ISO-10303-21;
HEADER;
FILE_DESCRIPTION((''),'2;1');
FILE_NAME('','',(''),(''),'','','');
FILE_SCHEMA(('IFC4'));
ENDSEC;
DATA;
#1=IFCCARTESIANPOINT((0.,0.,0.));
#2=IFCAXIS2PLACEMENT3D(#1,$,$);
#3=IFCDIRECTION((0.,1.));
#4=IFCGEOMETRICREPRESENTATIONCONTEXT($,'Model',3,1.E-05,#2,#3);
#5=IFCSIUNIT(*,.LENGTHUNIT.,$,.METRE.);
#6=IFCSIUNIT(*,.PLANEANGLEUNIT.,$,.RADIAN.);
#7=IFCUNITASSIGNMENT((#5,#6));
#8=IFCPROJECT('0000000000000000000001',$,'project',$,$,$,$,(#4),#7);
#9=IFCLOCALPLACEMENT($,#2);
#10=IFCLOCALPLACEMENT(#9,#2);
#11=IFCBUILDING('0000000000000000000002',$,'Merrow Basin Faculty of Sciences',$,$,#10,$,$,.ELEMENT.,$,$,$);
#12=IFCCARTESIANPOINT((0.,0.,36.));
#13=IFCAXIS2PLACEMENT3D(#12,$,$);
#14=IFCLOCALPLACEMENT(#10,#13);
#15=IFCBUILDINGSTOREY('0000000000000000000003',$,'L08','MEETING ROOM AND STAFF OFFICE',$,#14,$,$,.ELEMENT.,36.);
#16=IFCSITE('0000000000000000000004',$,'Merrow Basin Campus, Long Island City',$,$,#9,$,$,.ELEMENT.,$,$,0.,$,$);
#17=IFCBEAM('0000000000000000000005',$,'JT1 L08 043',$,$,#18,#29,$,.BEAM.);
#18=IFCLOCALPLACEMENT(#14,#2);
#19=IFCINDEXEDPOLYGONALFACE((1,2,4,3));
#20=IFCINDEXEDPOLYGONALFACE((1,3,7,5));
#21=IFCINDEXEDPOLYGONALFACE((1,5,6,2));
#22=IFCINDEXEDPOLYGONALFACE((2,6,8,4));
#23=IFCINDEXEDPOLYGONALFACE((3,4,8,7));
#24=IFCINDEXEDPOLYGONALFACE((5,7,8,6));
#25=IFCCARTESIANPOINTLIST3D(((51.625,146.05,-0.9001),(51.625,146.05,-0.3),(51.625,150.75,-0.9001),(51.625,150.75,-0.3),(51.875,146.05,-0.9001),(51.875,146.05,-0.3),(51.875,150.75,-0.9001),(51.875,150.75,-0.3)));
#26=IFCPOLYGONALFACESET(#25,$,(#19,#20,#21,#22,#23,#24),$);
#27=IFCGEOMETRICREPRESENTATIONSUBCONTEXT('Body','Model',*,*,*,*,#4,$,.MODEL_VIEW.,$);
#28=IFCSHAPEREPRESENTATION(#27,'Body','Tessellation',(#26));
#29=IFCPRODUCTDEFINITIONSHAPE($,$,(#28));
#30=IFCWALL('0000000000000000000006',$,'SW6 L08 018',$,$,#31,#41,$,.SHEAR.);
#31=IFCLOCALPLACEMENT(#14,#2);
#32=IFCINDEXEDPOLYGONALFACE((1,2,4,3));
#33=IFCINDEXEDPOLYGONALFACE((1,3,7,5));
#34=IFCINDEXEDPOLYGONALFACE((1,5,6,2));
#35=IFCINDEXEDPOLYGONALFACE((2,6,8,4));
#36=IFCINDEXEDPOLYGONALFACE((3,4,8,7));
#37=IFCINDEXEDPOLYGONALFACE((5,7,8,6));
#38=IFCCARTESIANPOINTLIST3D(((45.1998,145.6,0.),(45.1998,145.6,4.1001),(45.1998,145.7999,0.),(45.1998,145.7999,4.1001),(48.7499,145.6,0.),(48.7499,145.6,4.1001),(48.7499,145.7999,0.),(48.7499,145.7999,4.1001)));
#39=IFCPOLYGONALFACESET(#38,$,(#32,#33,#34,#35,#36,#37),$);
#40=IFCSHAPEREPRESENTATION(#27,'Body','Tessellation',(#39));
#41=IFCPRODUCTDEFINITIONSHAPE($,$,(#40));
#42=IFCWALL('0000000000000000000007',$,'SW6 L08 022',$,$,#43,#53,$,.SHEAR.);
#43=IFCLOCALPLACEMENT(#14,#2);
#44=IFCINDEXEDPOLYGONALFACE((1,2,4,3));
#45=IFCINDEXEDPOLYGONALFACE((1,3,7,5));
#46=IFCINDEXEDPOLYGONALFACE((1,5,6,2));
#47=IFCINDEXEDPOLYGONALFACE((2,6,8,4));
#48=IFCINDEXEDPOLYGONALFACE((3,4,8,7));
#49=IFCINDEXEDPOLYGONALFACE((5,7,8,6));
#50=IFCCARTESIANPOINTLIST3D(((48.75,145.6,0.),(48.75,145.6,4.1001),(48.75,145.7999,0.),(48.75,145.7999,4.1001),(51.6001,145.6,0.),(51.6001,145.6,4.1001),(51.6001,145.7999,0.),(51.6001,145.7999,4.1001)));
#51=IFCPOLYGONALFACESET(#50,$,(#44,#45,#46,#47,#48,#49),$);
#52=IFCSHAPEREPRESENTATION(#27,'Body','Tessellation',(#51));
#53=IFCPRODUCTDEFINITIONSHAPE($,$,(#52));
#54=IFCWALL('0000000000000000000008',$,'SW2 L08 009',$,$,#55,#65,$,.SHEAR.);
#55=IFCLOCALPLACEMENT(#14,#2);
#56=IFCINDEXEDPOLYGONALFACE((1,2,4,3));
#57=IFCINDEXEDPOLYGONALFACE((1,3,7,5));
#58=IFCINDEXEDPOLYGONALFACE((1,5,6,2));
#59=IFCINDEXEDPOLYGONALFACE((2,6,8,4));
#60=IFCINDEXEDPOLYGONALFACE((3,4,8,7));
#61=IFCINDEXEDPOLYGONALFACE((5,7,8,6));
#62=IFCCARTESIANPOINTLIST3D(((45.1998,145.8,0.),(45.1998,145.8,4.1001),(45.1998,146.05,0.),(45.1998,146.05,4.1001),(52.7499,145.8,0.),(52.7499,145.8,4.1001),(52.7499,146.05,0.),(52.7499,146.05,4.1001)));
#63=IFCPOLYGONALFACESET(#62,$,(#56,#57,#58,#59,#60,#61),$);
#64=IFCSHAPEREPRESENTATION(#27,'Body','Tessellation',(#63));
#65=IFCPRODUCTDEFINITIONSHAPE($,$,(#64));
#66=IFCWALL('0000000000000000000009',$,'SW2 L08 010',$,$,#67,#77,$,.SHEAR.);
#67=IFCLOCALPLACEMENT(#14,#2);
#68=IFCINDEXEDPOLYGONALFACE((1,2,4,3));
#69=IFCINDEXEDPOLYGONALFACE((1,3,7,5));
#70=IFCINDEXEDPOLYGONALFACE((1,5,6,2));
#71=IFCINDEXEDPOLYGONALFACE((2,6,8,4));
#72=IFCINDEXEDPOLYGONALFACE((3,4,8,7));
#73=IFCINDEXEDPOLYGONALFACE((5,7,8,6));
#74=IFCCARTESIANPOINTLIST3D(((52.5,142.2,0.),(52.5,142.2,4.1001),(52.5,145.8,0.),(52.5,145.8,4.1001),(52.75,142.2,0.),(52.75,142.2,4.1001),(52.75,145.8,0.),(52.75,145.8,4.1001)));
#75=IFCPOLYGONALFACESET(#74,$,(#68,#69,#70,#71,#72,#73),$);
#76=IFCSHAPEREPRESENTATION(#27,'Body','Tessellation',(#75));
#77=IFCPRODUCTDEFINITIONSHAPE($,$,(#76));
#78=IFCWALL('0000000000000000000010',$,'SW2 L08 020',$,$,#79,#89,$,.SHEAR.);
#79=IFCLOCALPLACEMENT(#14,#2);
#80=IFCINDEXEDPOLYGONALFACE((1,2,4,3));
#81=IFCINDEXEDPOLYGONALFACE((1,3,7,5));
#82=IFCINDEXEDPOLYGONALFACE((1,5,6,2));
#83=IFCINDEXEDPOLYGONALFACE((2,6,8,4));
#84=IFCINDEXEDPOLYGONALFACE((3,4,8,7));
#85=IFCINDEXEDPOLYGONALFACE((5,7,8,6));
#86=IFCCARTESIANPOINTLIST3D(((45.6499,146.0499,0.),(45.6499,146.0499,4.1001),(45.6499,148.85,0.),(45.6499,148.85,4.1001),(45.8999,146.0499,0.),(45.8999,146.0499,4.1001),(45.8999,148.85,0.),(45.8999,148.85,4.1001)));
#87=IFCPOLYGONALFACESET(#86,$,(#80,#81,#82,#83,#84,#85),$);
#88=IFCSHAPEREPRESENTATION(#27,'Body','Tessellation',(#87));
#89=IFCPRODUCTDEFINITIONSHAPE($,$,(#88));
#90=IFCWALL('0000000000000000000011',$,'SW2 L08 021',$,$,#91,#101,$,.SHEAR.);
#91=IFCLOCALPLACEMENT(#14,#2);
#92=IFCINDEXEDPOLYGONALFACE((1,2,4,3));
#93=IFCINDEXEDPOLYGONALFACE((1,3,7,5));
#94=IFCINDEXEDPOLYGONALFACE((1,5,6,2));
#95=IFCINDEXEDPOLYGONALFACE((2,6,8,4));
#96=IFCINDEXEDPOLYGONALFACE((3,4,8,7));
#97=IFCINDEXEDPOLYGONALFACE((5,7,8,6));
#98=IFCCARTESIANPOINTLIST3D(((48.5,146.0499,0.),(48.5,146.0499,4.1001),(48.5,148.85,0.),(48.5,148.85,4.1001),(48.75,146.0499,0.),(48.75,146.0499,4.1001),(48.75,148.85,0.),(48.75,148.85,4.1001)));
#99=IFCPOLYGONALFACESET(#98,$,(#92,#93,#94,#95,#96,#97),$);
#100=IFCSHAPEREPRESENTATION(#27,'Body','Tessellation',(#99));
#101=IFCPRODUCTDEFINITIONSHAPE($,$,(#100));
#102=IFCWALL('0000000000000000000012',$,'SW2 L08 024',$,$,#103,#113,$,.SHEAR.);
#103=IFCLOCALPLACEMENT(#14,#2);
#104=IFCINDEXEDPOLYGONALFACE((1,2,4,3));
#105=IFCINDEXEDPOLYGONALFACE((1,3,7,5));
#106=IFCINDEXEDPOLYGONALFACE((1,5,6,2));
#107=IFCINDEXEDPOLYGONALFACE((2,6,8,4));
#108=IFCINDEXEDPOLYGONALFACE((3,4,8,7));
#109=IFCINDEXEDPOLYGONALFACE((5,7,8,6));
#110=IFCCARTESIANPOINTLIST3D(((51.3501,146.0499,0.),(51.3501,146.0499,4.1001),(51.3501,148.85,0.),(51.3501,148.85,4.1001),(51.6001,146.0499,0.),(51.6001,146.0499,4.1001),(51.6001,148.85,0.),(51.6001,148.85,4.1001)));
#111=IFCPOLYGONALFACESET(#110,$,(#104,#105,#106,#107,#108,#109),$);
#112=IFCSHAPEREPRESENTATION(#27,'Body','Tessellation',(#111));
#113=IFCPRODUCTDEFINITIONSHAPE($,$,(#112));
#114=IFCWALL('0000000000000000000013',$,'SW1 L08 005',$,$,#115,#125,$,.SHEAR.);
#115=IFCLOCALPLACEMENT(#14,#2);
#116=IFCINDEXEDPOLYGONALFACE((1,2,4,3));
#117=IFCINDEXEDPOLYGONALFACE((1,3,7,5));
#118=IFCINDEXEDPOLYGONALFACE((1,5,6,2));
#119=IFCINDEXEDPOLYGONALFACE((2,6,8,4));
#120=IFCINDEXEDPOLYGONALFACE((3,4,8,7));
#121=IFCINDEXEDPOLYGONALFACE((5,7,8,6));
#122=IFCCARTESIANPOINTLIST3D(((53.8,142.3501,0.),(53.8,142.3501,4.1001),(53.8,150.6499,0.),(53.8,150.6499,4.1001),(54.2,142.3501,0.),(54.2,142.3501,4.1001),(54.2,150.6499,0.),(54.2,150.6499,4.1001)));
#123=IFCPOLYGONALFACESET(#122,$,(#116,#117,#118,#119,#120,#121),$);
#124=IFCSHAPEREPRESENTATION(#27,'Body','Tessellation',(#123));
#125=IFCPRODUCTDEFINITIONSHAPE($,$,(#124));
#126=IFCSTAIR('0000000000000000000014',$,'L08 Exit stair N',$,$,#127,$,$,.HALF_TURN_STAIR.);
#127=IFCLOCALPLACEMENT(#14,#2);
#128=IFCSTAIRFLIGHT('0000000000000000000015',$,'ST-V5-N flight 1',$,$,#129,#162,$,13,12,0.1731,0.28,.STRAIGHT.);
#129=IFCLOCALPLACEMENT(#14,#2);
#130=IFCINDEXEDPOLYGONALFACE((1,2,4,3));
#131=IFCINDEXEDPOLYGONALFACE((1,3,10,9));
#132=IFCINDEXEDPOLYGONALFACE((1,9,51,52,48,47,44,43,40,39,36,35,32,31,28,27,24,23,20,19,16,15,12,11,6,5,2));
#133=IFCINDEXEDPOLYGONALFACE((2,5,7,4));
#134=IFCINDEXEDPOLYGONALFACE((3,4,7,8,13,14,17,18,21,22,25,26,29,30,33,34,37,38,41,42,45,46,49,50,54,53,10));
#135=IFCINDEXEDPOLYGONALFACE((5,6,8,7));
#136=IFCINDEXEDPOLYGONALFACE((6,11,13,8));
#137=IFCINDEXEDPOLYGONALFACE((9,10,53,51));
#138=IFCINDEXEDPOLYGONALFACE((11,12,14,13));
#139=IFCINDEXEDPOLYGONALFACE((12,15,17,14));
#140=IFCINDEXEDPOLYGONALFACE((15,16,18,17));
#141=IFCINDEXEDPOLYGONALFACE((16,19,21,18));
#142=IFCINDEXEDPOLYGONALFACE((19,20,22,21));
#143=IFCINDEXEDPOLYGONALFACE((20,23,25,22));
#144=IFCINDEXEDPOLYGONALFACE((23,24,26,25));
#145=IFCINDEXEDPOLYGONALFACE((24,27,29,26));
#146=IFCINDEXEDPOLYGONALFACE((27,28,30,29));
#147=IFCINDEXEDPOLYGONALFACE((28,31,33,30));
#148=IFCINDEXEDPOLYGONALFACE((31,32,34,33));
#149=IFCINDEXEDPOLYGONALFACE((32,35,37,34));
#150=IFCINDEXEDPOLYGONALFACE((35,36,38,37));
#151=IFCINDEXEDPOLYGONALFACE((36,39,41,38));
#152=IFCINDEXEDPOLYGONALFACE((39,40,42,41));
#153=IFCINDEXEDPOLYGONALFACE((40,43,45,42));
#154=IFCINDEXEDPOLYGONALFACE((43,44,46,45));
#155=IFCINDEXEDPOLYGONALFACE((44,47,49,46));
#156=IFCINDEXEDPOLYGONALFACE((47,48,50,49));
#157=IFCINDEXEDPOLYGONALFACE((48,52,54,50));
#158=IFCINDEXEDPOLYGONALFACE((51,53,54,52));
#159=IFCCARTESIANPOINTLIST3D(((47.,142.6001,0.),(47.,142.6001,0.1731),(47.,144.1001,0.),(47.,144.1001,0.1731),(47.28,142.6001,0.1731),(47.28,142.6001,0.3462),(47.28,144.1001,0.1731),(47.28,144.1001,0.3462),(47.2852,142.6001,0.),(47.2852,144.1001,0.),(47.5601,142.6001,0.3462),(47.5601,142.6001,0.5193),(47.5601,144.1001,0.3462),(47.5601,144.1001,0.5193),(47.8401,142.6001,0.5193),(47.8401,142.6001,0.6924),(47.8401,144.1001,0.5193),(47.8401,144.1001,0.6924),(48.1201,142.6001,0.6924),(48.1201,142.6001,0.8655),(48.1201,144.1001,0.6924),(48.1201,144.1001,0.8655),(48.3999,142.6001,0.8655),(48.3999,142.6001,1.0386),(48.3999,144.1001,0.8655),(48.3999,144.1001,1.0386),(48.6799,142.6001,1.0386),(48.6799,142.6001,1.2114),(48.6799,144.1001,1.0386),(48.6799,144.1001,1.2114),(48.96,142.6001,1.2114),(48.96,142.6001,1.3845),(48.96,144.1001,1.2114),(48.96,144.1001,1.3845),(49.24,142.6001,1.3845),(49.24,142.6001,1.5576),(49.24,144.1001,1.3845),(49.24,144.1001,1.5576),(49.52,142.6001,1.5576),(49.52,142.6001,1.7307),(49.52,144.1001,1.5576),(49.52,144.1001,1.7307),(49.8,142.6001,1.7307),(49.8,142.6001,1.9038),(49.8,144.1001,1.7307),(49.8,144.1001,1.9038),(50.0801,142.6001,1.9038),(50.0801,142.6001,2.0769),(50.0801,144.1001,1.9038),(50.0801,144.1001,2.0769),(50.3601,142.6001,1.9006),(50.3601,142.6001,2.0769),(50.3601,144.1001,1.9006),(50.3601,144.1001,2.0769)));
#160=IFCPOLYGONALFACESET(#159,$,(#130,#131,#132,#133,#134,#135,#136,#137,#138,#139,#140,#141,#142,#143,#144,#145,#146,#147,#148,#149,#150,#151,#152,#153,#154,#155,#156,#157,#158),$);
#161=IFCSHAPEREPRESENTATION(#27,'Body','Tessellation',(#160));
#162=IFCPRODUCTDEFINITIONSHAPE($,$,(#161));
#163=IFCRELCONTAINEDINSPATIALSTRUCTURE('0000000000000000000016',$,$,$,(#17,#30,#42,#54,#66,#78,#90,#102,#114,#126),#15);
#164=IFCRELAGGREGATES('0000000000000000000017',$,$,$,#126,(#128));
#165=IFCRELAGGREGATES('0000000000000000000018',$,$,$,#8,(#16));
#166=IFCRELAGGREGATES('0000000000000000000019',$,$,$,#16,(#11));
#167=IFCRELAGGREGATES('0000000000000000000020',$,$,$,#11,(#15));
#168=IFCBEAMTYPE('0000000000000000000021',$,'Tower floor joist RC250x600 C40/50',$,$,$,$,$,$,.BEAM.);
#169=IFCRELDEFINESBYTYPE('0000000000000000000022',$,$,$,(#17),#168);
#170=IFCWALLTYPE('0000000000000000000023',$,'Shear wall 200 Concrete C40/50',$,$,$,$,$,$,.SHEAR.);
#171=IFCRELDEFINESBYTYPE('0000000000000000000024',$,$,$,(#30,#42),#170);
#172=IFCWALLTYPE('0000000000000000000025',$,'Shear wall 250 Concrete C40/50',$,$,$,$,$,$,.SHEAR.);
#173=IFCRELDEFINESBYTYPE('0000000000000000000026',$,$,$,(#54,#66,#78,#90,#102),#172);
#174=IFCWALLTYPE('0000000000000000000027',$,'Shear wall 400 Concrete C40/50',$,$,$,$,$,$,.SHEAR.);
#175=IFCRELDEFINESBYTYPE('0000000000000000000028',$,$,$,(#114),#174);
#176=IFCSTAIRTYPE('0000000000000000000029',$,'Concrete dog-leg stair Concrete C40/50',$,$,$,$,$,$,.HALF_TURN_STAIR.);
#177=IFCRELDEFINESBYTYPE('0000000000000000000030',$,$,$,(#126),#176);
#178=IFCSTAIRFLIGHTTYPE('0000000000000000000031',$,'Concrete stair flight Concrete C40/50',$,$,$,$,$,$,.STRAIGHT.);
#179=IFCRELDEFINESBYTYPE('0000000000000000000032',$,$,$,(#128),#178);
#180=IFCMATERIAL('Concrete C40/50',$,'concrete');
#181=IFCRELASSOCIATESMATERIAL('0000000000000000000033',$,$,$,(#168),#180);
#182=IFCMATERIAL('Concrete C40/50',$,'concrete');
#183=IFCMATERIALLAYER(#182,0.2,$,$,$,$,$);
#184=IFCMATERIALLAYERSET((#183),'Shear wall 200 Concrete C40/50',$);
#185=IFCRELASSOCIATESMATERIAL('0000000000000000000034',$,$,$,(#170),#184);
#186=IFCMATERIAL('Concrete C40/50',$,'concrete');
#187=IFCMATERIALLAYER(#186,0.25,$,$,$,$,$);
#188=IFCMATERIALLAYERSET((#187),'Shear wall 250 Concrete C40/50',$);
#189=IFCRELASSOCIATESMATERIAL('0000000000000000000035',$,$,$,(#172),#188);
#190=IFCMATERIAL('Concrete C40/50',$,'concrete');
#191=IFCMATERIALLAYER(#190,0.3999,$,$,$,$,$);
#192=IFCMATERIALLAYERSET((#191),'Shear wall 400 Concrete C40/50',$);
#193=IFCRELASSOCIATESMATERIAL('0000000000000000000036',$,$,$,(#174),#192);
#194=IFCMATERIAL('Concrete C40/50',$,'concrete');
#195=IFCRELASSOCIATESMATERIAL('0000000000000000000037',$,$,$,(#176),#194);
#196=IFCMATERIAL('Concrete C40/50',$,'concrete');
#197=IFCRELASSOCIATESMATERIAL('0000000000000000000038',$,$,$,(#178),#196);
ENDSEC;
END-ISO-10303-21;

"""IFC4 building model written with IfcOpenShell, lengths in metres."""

from ifc_helpers import new_model, si_unit, direction, frame, frame_2d, origin, origin_2d, place, context, subcontext, project, spatial, polyline, rectangle, outline, extrude, material, layer, layer_set, material_profile, profile_set, type_object, element, aggregate, save


model = new_model("IFC4")

# Units and contexts
model_context = context("Model", 3, precision=1e-05, world=origin(), true_north=direction((0.0, 1.0)))
body_context = subcontext(model_context, "Body", "Model", "MODEL_VIEW")
ifc_project = project(units=[si_unit("LENGTHUNIT", "METRE"), si_unit("PLANEANGLEUNIT", "RADIAN")], contexts=[model_context])

# Site, building, storey
site_placement = place(None, origin())
site = spatial("IfcSite", under=ifc_project, at=site_placement, Name="Merrow Basin Campus, Long Island City", CompositionType="ELEMENT", RefElevation=0.0)
building_placement = place(site_placement, origin())
building = spatial("IfcBuilding", under=site, at=building_placement, Name="Merrow Basin Faculty of Sciences", CompositionType="ELEMENT")
storey_placement = place(building_placement, frame((0.0, 0.0, 36.0)))
storey = spatial("IfcBuildingStorey", under=building, at=storey_placement, Name="L08", Description="MEETING ROOM AND STAFF OFFICE", CompositionType="ELEMENT", Elevation=36.0)

# Beam
ifc_material_1 = material(Name="Concrete C40/50", Category="concrete")
ifc_material_profile = material_profile(ifc_material_1, rectangle(XDim=0.25, YDim=0.6001, at=origin_2d()))
ifc_profile_set = profile_set([ifc_material_profile], Name="Concrete C40/50")
beam_type = type_object("IfcBeamType", Name="Tower floor joist RC250x600 C40/50", PredefinedType="BEAM", material=ifc_profile_set)
beam_placement = place(storey_placement, frame((51.75, 146.05, -0.6001), z_axis=(0.0, 1.0, 0.0), x_axis=(-1.0, 0.0, 0.0)))
element("IfcBeam", 1, at=beam_placement, inside=storey, type_object=beam_type, Name="JT1 L08 043", PredefinedType="BEAM", context=body_context, shape_type="SweptSolid", body=[
    extrude(rectangle(XDim=0.25, YDim=0.6001, at=origin_2d()), origin(), (0.0, 0.0, 1.0), 4.7),
])

# Walls
ifc_material_2 = material(Name="Concrete C40/50", Category="concrete")
ifc_layer_1 = layer(ifc_material_2, 0.2)
ifc_layer_set_1 = layer_set([ifc_layer_1], Name="Shear wall 200 Concrete C40/50")
wall_type_1 = type_object("IfcWallType", Name="Shear wall 200 Concrete C40/50", PredefinedType="SHEAR", material=ifc_layer_set_1)
wall_1_placement = place(storey_placement, frame((45.2, 145.7, 0.0), z_axis=(0.0, 0.0, 1.0), x_axis=(1.0, 0.0, 0.0)))
element("IfcWall", 2, at=wall_1_placement, inside=storey, type_object=wall_type_1, Name="SW6 L08 018", PredefinedType="SHEAR", context=body_context, shape_type="SweptSolid", body=[
    extrude(rectangle(XDim=3.55, YDim=0.2, at=frame_2d((1.7749, 0.0))), origin(), (0.0, 0.0, 1.0), 4.1001),
])
wall_2_placement = place(storey_placement, frame((48.75, 145.7, 0.0), z_axis=(0.0, 0.0, 1.0), x_axis=(1.0, 0.0, 0.0)))
element("IfcWall", 3, at=wall_2_placement, inside=storey, type_object=wall_type_1, Name="SW6 L08 022", PredefinedType="SHEAR", context=body_context, shape_type="SweptSolid", body=[
    extrude(rectangle(XDim=2.8501, YDim=0.2, at=frame_2d((1.425, 0.0))), origin(), (0.0, 0.0, 1.0), 4.1001),
])
ifc_material_3 = material(Name="Concrete C40/50", Category="concrete")
ifc_layer_2 = layer(ifc_material_3, 0.25)
ifc_layer_set_2 = layer_set([ifc_layer_2], Name="Shear wall 250 Concrete C40/50")
wall_type_2 = type_object("IfcWallType", Name="Shear wall 250 Concrete C40/50", PredefinedType="SHEAR", material=ifc_layer_set_2)
wall_3_placement = place(storey_placement, frame((45.2, 145.925, 0.0), z_axis=(0.0, 0.0, 1.0), x_axis=(1.0, 0.0, 0.0)))
element("IfcWall", 4, at=wall_3_placement, inside=storey, type_object=wall_type_2, Name="SW2 L08 009", PredefinedType="SHEAR", context=body_context, shape_type="SweptSolid", body=[
    extrude(rectangle(XDim=7.55, YDim=0.25, at=frame_2d((3.7749, 0.0))), origin(), (0.0, 0.0, 1.0), 4.1001),
])
wall_4_placement = place(storey_placement, frame((52.625, 142.2, 0.0), z_axis=(0.0, 0.0, 1.0), x_axis=(0.0, 1.0, 0.0)))
element("IfcWall", 5, at=wall_4_placement, inside=storey, type_object=wall_type_2, Name="SW2 L08 010", PredefinedType="SHEAR", context=body_context, shape_type="SweptSolid", body=[
    extrude(rectangle(XDim=3.6001, YDim=0.25, at=frame_2d((1.8, 0.0))), origin(), (0.0, 0.0, 1.0), 4.1001),
])
for number, where, z_axis, x_axis, name in (
    (6, (45.7749, 146.05, 0.0), (0.0, 0.0, 1.0), (0.0, 1.0, 0.0), "SW2 L08 020"),
    (7, (48.625, 146.05, 0.0), (0.0, 0.0, 1.0), (0.0, 1.0, 0.0), "SW2 L08 021"),
    (8, (51.4751, 146.05, 0.0), (0.0, 0.0, 1.0), (0.0, 1.0, 0.0), "SW2 L08 024"),
):
    element("IfcWall", number, at=place(storey_placement, frame(where, z_axis=z_axis, x_axis=x_axis)), inside=storey, type_object=wall_type_2, Name=name, PredefinedType="SHEAR", context=body_context, shape_type="SweptSolid", body=[
        extrude(rectangle(XDim=2.8, YDim=0.25, at=frame_2d((1.3999, 0.0))), origin(), (0.0, 0.0, 1.0), 4.1001),
    ])
ifc_material_4 = material(Name="Concrete C40/50", Category="concrete")
ifc_layer_3 = layer(ifc_material_4, 0.3999)
ifc_layer_set_3 = layer_set([ifc_layer_3], Name="Shear wall 400 Concrete C40/50")
wall_type_3 = type_object("IfcWallType", Name="Shear wall 400 Concrete C40/50", PredefinedType="SHEAR", material=ifc_layer_set_3)
wall_5_placement = place(storey_placement, frame((54.0, 142.3501, 0.0), z_axis=(0.0, 0.0, 1.0), x_axis=(0.0, 1.0, 0.0)))
element("IfcWall", 9, at=wall_5_placement, inside=storey, type_object=wall_type_3, Name="SW1 L08 005", PredefinedType="SHEAR", context=body_context, shape_type="SweptSolid", body=[
    extrude(rectangle(XDim=8.2998, YDim=0.3999, at=frame_2d((4.1499, 0.0))), origin(), (0.0, 0.0, 1.0), 4.1001),
])

# Stair, stair flight
ifc_material_5 = material(Name="Concrete C40/50", Category="concrete")
stair_type = type_object("IfcStairType", Name="Concrete dog-leg stair Concrete C40/50", PredefinedType="HALF_TURN_STAIR", material=ifc_material_5)
stair_placement = place(storey_placement, origin())
stair = element("IfcStair", 10, at=stair_placement, inside=storey, type_object=stair_type, Name="L08 Exit stair N", PredefinedType="HALF_TURN_STAIR")
ifc_material_6 = material(Name="Concrete C40/50", Category="concrete")
stair_flight_type = type_object("IfcStairFlightType", Name="Concrete stair flight Concrete C40/50", PredefinedType="STRAIGHT", material=ifc_material_6)
stair_flight_1_placement = place(storey_placement, frame((47.0, 143.3501, 0.0), z_axis=(0.0, 0.0, 1.0), x_axis=(1.0, 0.0, 0.0)))
stair_flight_1 = element("IfcStairFlight", 11, at=stair_flight_1_placement, type_object=stair_flight_type, Name="ST-V5-N flight 1", NumberOfRisers=13, NumberOfTreads=12, PredefinedType="STRAIGHT", RiserHeight=0.1731, TreadLength=0.28, context=body_context, shape_type="SweptSolid", body=[
    extrude(outline(polyline([(0.0, 0.0), (0.0, 0.1731), (0.28, 0.1731), (0.28, 0.3462), (0.5601, 0.3462), (0.5601, 0.5193), (0.8401, 0.5193), (0.8401, 0.6924), (1.1201, 0.6924), (1.1201, 0.8655), (1.3999, 0.8655), (1.3999, 1.0386), (1.6799, 1.0386), (1.6799, 1.2114), (1.96, 1.2114), (1.96, 1.3845), (2.24, 1.3845), (2.24, 1.5576), (2.52, 1.5576), (2.52, 1.7307), (2.8, 1.7307), (2.8, 1.9038), (3.0801, 1.9038), (3.0801, 2.0769), (3.3601, 2.0769), (3.3601, 2.25), (3.3601, 1.9006), (0.2852, 0.0), (0.0, 0.0)])), frame((0.0, 0.75, 0.0), z_axis=(0.0, -1.0, 0.0), x_axis=(1.0, 0.0, 0.0)), (0.0, 0.0, 1.0), 1.5),
])
aggregate(stair, [stair_flight_1])

save(model, "model.ifc")
